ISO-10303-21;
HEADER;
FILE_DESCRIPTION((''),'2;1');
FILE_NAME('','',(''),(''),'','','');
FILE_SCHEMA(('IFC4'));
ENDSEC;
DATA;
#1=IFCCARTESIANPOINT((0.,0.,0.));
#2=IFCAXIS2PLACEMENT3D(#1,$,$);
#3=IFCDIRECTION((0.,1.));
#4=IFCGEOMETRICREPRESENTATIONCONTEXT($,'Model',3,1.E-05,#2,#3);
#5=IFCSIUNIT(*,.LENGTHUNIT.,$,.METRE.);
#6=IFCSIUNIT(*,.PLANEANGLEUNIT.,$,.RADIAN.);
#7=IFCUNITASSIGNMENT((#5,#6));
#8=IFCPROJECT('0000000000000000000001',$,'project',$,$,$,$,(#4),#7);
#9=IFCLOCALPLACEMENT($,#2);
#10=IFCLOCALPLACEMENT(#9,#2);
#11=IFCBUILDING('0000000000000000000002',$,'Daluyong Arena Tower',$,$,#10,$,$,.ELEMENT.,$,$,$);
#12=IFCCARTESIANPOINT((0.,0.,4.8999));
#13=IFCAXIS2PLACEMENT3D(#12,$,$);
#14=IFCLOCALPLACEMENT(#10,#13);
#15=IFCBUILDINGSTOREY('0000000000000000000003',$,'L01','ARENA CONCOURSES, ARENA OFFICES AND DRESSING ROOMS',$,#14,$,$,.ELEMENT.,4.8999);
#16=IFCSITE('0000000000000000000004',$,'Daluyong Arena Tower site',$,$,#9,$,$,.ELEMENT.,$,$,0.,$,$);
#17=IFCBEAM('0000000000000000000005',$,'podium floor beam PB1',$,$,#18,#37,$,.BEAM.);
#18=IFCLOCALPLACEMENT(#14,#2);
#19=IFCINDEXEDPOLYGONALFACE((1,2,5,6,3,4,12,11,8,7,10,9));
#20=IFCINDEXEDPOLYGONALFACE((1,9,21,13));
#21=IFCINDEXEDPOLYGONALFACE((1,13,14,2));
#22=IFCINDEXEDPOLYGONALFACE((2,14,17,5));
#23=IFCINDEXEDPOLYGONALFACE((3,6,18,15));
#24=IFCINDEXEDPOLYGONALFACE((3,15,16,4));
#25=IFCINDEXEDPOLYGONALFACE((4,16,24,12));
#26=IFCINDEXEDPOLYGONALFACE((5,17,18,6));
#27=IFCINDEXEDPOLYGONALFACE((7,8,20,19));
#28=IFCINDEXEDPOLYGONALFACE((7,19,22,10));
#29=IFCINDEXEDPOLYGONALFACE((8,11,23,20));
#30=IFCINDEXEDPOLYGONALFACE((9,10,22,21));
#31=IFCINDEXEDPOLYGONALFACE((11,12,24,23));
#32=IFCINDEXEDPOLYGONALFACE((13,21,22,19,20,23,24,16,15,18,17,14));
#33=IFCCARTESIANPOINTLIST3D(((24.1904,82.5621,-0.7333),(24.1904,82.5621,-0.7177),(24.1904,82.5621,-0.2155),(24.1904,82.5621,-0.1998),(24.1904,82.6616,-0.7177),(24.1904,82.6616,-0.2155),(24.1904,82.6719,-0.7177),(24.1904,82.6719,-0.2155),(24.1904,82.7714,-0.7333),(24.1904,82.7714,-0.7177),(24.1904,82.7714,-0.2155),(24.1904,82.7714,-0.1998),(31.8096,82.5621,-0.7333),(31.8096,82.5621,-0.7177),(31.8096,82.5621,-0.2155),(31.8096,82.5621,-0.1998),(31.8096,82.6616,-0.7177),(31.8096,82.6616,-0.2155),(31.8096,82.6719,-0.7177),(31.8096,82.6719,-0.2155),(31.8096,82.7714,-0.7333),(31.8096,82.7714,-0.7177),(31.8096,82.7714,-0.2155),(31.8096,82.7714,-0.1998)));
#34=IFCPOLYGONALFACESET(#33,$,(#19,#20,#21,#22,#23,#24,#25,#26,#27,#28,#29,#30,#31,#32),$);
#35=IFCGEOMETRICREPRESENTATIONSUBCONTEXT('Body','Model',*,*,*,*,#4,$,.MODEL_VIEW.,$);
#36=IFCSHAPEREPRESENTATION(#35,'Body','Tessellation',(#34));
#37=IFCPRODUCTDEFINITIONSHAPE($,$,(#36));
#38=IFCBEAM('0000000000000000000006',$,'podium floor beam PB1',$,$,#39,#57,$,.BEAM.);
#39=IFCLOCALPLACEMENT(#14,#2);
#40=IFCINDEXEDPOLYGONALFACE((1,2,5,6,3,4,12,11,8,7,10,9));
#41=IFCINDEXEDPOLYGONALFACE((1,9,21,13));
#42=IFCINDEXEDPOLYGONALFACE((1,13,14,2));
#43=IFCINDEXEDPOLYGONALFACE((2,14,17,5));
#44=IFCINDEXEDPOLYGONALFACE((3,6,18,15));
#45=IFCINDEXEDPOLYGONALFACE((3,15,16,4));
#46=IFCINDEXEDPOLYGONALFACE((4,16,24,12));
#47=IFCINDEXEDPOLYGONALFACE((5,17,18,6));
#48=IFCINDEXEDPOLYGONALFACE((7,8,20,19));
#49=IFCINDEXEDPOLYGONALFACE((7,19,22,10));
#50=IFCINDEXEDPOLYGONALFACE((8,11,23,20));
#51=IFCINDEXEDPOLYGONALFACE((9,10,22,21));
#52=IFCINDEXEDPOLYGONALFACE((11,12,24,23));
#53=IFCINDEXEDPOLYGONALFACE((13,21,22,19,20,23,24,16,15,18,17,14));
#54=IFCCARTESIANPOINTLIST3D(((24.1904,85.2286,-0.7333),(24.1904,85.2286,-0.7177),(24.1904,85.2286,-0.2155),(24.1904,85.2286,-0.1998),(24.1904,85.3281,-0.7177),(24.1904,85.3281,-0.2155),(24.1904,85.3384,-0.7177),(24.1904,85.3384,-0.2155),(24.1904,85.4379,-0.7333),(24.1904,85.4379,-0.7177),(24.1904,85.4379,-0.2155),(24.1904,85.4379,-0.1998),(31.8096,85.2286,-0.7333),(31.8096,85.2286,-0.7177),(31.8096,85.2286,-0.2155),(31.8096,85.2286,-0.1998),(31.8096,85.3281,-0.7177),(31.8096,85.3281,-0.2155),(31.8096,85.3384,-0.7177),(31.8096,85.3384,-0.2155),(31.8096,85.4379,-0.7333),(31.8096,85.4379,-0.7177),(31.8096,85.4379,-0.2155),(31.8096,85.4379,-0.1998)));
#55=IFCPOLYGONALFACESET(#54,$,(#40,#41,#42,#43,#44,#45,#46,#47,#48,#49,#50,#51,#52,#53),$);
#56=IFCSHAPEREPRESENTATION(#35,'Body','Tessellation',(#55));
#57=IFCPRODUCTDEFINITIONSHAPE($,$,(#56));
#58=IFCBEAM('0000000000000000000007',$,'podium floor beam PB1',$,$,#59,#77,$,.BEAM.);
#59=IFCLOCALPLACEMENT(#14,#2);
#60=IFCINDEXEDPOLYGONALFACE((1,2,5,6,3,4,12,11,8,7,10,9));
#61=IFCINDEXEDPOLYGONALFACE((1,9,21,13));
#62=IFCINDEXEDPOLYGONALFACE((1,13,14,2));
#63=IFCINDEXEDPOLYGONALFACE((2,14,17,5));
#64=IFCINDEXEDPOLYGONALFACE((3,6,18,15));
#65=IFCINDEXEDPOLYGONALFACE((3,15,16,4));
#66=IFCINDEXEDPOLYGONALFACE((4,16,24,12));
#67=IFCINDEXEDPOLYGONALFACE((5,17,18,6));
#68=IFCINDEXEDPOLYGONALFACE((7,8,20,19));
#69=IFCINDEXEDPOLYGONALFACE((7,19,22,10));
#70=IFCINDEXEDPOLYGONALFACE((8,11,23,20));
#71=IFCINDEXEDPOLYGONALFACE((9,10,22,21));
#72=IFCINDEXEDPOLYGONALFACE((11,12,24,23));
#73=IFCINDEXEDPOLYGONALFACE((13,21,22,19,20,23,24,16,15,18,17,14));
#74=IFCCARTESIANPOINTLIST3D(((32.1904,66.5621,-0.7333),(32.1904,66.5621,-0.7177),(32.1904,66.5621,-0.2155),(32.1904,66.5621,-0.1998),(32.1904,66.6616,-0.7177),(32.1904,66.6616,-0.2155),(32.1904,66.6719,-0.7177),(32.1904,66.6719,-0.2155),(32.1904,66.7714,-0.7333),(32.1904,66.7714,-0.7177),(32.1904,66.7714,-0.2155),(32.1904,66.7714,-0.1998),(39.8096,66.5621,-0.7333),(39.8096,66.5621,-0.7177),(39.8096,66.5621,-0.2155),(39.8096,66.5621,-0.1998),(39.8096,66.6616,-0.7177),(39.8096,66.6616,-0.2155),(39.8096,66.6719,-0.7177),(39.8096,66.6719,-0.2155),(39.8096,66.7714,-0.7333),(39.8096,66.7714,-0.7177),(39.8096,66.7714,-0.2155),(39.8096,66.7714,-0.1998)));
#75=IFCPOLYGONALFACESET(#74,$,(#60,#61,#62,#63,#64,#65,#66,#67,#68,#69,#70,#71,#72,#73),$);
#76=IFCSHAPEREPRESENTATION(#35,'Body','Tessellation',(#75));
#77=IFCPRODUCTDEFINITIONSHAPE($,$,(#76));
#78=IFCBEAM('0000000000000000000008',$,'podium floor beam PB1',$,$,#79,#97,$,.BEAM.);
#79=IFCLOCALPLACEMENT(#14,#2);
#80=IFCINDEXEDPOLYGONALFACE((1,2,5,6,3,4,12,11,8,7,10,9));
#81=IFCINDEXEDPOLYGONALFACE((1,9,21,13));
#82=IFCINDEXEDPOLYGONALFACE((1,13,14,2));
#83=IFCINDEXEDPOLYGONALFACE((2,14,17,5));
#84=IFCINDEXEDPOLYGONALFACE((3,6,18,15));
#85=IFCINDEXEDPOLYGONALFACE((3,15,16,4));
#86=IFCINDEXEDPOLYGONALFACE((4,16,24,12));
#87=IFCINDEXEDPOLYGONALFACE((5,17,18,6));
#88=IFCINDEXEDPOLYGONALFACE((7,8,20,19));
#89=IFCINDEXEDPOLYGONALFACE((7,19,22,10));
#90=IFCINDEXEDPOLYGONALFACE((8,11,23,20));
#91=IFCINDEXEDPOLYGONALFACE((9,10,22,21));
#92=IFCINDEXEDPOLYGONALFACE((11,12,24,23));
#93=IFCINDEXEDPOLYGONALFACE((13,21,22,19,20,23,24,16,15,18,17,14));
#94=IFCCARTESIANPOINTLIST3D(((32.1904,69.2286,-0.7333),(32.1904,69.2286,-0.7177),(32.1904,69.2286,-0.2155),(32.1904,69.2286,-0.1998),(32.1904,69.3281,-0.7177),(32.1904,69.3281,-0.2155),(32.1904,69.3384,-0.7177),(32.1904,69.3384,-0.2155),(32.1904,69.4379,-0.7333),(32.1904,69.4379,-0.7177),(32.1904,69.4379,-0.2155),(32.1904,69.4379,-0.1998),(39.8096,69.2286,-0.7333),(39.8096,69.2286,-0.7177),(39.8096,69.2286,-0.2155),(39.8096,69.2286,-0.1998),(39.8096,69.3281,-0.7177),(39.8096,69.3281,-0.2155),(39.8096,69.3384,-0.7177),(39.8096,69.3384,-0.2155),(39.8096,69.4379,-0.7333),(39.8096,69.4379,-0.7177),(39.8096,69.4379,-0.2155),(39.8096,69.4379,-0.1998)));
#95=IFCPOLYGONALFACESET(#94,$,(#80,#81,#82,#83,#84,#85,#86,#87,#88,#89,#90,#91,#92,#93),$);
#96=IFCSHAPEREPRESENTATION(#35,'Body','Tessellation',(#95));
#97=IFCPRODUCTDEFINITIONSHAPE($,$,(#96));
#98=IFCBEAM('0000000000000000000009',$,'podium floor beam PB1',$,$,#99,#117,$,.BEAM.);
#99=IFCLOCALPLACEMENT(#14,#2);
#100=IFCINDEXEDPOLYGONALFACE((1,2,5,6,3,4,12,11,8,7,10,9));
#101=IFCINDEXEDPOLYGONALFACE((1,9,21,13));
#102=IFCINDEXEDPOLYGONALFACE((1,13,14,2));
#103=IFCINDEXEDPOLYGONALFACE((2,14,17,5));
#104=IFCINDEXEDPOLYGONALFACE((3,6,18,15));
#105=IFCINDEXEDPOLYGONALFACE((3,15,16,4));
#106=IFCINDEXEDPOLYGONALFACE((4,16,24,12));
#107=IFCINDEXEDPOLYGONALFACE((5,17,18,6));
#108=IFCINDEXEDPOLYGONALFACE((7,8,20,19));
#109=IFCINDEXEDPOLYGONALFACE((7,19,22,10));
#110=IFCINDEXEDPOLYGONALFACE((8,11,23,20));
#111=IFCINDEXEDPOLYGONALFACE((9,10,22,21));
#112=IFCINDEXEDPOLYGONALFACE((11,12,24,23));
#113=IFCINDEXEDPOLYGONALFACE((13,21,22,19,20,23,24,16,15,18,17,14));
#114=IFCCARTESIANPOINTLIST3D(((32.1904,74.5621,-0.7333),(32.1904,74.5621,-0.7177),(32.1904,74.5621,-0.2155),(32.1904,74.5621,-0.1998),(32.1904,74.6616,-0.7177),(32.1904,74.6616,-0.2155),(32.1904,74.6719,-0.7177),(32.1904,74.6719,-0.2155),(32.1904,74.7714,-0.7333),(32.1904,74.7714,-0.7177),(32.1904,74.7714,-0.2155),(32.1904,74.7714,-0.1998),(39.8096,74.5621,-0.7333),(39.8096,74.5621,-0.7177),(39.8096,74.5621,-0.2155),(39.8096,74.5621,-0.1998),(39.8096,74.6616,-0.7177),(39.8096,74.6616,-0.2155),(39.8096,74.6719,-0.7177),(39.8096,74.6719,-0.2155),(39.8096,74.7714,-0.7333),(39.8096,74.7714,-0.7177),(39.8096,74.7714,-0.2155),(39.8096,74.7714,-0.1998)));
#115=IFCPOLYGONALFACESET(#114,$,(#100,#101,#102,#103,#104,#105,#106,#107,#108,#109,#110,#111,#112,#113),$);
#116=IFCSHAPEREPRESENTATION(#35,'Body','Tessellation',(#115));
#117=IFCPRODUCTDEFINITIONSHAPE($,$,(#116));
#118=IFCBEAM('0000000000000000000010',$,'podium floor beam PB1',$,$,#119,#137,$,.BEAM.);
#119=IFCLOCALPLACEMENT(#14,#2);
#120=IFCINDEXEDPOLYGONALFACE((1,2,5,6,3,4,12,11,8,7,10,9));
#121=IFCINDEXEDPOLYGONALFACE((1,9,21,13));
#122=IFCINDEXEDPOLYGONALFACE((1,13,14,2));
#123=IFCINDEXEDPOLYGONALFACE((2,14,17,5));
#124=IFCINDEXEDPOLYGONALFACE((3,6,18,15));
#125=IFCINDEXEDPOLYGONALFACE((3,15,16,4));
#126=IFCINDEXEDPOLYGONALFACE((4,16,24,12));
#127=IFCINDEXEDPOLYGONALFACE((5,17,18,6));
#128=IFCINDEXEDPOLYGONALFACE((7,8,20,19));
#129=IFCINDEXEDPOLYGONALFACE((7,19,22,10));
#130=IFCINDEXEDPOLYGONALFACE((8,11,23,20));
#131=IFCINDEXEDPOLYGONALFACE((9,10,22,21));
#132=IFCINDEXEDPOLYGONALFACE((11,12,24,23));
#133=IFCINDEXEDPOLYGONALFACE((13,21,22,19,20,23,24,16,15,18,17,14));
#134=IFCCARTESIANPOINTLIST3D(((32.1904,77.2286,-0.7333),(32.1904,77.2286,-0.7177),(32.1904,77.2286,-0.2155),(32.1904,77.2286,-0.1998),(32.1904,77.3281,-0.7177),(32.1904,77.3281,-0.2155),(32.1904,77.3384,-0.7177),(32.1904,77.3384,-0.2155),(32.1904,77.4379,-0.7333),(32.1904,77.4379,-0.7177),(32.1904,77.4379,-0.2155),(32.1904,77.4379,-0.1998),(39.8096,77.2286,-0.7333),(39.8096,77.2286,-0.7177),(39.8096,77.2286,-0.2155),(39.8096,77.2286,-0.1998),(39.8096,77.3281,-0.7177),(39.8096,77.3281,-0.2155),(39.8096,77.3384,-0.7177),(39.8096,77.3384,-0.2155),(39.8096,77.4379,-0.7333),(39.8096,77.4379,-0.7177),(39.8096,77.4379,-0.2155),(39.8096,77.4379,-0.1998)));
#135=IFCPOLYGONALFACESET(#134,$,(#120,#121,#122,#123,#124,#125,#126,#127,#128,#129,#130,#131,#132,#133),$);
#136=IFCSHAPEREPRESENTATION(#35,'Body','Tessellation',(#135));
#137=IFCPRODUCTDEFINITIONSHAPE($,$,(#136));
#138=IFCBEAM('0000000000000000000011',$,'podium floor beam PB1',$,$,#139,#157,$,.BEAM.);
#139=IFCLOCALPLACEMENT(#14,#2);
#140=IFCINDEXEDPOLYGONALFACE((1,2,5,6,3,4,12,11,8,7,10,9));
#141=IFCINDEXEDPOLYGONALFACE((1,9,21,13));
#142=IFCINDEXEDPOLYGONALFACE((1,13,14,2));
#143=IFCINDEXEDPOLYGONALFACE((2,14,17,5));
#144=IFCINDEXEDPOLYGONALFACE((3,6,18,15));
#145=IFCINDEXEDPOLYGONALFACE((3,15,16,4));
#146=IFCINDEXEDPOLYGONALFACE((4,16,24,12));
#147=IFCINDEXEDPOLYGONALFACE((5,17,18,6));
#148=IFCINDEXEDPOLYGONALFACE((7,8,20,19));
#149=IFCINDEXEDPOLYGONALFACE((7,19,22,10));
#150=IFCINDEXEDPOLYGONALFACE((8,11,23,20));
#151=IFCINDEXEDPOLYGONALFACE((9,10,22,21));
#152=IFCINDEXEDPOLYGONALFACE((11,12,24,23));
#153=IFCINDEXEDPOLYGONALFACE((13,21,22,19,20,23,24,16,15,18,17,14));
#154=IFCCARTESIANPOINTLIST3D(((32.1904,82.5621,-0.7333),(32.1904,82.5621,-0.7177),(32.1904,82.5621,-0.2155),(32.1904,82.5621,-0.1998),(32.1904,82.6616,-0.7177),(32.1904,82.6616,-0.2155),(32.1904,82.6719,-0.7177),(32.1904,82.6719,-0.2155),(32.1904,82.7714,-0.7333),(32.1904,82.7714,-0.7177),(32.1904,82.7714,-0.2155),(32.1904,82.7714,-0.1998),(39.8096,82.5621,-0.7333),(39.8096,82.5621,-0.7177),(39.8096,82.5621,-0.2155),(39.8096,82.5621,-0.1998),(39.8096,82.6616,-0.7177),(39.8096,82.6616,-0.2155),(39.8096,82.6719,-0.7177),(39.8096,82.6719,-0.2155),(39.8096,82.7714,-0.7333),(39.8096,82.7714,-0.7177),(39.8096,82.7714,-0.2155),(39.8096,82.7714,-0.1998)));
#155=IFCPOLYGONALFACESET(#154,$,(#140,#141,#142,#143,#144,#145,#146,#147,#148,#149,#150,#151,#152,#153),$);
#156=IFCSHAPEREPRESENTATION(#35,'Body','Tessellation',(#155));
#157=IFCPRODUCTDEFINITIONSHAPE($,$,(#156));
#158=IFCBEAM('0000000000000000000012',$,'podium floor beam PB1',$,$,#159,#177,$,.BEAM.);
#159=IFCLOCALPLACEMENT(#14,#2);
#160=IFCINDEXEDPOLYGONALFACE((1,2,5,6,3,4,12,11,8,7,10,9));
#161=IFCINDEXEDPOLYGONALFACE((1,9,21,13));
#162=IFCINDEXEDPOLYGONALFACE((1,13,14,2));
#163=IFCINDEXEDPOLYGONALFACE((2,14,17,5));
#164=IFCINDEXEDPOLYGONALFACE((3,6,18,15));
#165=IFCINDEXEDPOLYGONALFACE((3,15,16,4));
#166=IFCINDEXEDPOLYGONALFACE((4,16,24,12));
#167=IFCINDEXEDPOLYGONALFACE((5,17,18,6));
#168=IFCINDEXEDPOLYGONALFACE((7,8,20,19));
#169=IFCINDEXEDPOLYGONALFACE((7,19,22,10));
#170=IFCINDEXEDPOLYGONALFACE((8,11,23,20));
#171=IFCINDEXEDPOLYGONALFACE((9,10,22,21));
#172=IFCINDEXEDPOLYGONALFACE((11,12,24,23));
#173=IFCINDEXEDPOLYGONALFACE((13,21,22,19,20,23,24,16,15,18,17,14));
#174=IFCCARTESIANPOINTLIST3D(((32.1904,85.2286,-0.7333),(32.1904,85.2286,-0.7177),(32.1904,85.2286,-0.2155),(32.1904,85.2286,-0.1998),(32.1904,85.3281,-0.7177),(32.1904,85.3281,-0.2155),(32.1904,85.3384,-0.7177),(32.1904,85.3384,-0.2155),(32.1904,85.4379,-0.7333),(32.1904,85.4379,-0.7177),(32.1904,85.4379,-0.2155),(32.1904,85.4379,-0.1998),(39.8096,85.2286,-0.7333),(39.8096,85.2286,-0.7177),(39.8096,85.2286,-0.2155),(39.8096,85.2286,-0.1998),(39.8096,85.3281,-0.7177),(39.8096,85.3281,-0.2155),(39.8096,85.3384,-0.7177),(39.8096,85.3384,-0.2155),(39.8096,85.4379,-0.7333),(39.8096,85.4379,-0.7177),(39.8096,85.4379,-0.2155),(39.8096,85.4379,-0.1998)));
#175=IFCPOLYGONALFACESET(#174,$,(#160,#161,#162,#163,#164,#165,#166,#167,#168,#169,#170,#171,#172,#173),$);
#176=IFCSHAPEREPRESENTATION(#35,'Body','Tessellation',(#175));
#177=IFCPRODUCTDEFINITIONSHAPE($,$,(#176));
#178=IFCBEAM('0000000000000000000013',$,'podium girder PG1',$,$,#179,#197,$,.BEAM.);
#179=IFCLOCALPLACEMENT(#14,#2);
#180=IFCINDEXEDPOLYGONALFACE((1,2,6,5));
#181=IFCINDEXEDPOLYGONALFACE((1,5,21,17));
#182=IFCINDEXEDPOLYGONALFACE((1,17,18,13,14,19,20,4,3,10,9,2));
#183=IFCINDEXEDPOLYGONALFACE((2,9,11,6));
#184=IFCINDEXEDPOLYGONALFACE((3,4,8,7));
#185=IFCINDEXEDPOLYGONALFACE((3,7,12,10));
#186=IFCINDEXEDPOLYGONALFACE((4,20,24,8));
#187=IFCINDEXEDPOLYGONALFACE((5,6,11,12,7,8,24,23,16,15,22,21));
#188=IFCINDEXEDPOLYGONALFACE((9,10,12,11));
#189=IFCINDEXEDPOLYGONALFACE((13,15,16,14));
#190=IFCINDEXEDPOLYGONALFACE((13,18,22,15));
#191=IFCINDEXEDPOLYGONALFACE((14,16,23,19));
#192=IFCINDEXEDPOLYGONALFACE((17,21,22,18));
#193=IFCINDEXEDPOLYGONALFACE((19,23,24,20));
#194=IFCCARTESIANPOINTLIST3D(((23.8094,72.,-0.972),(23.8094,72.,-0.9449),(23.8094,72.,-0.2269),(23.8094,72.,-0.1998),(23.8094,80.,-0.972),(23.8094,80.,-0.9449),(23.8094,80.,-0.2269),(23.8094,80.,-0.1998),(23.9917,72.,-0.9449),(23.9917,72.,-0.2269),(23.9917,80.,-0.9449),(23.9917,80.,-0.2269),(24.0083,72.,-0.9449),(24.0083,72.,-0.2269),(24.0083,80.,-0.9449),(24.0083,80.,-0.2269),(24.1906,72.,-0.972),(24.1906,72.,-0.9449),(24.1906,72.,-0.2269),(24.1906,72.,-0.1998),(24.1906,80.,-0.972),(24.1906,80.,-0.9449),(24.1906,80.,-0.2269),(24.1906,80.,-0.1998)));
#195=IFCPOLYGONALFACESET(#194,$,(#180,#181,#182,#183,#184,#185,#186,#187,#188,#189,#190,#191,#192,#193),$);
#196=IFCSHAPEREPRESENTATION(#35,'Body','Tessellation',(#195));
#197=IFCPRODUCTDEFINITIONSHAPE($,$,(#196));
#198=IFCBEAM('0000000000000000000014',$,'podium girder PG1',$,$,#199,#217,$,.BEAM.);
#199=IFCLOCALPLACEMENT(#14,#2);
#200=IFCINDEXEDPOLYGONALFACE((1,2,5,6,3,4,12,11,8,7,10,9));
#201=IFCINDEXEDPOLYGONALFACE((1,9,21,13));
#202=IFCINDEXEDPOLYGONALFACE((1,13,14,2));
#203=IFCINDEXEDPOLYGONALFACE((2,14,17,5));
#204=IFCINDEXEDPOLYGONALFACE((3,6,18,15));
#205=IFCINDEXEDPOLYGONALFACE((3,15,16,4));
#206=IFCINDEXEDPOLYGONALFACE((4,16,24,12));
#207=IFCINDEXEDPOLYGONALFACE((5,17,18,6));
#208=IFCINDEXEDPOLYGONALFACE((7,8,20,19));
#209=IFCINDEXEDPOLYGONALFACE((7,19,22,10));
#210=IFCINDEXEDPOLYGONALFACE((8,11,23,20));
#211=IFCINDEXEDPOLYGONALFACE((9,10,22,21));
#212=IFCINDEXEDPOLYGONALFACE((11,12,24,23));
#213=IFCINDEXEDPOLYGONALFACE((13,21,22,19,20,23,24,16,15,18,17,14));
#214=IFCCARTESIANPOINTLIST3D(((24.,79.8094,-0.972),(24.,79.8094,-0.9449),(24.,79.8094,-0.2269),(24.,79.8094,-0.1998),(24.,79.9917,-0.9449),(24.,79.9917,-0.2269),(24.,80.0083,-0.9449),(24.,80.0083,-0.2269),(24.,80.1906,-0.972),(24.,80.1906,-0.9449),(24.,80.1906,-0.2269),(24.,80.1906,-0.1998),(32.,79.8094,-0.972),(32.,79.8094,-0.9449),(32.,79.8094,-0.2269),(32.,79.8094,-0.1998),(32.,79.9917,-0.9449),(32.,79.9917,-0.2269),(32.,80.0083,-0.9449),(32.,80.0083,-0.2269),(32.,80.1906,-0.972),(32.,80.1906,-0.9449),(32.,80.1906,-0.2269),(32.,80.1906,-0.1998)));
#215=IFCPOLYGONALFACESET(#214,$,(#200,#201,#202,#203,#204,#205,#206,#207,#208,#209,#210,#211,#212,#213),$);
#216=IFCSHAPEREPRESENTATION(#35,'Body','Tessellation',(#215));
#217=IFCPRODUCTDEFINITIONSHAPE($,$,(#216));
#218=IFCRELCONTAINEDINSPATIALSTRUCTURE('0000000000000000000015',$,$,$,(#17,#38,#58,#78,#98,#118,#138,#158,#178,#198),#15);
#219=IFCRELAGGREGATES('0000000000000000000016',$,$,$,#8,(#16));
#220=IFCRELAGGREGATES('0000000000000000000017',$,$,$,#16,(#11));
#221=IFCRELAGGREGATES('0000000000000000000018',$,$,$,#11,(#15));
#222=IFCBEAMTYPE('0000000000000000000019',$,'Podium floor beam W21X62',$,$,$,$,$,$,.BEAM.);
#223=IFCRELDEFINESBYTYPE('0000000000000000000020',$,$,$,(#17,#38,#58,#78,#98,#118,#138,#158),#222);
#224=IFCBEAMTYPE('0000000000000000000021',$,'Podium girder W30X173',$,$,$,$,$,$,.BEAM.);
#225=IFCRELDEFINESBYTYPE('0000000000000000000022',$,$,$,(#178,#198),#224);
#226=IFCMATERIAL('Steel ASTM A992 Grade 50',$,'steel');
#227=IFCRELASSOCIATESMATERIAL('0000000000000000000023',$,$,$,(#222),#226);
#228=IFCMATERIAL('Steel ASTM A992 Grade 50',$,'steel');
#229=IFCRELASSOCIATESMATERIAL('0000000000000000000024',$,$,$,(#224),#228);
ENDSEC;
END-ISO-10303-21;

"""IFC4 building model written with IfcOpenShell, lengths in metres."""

from ifc_helpers import new_model, si_unit, direction, frame, origin, origin_2d, place, context, subcontext, project, spatial, i_section, extrude, material, material_profile, profile_set, type_object, element, save


model = new_model("IFC4")

# Units and contexts
model_context = context("Model", 3, precision=1e-05, world=origin(), true_north=direction((0.0, 1.0)))
body_context = subcontext(model_context, "Body", "Model", "MODEL_VIEW")
ifc_project = project(units=[si_unit("LENGTHUNIT", "METRE"), si_unit("PLANEANGLEUNIT", "RADIAN")], contexts=[model_context])

# Site, building, storey
site_placement = place(None, origin())
site = spatial("IfcSite", under=ifc_project, at=site_placement, Name="Daluyong Arena Tower site", CompositionType="ELEMENT", RefElevation=0.0)
building_placement = place(site_placement, origin())
building = spatial("IfcBuilding", under=site, at=building_placement, Name="Daluyong Arena Tower", CompositionType="ELEMENT")
storey_placement = place(building_placement, frame((0.0, 0.0, 4.8999)))
storey = spatial("IfcBuildingStorey", under=building, at=storey_placement, Name="L01", Description="ARENA CONCOURSES, ARENA OFFICES AND DRESSING ROOMS", CompositionType="ELEMENT", Elevation=4.8999)

# Beams
ifc_material_1 = material(Name="Steel ASTM A992 Grade 50", Category="steel")
ifc_material_profile_1 = material_profile(ifc_material_1, i_section(OverallWidth=0.2092, OverallDepth=0.5334, WebThickness=0.0103, FlangeThickness=0.0156, at=origin_2d()))
ifc_profile_set_1 = profile_set([ifc_material_profile_1], Name="Steel ASTM A992 Grade 50")
beam_type_1 = type_object("IfcBeamType", Name="Podium floor beam W21X62", PredefinedType="BEAM", material=ifc_profile_set_1)
for number, where, z_axis, x_axis, name in (
    (1, (24.1904, 82.6667, -0.4666), (1.0, 0.0, 0.0), (0.0, 1.0, 0.0), "podium floor beam PB1"),
    (2, (24.1904, 85.3333, -0.4666), (1.0, 0.0, 0.0), (0.0, 1.0, 0.0), "podium floor beam PB1"),
    (3, (32.1904, 66.6667, -0.4666), (1.0, 0.0, 0.0), (0.0, 1.0, 0.0), "podium floor beam PB1"),
    (4, (32.1904, 69.3333, -0.4666), (1.0, 0.0, 0.0), (0.0, 1.0, 0.0), "podium floor beam PB1"),
    (5, (32.1904, 74.6667, -0.4666), (1.0, 0.0, 0.0), (0.0, 1.0, 0.0), "podium floor beam PB1"),
    (6, (32.1904, 77.3333, -0.4666), (1.0, 0.0, 0.0), (0.0, 1.0, 0.0), "podium floor beam PB1"),
    (7, (32.1904, 82.6667, -0.4666), (1.0, 0.0, 0.0), (0.0, 1.0, 0.0), "podium floor beam PB1"),
    (8, (32.1904, 85.3333, -0.4666), (1.0, 0.0, 0.0), (0.0, 1.0, 0.0), "podium floor beam PB1"),
):
    element("IfcBeam", number, at=place(storey_placement, frame(where, z_axis=z_axis, x_axis=x_axis)), inside=storey, type_object=beam_type_1, Name=name, PredefinedType="BEAM", context=body_context, shape_type="SweptSolid", body=[
        extrude(i_section(OverallWidth=0.2092, OverallDepth=0.5334, WebThickness=0.0103, FlangeThickness=0.0156, at=origin_2d()), origin(), (0.0, 0.0, 1.0), 7.6191),
    ])
ifc_material_2 = material(Name="Steel ASTM A992 Grade 50", Category="steel")
ifc_material_profile_2 = material_profile(ifc_material_2, i_section(OverallWidth=0.3811, OverallDepth=0.7722, WebThickness=0.0166, FlangeThickness=0.0271, at=origin_2d()))
ifc_profile_set_2 = profile_set([ifc_material_profile_2], Name="Steel ASTM A992 Grade 50")
beam_type_2 = type_object("IfcBeamType", Name="Podium girder W30X173", PredefinedType="BEAM", material=ifc_profile_set_2)
for number, where, z_axis, x_axis, name in (
    (9, (24.0, 72.0, -0.5859), (0.0, 1.0, 0.0), (-1.0, 0.0, 0.0), "podium girder PG1"),
    (10, (24.0, 80.0, -0.5859), (1.0, 0.0, 0.0), (0.0, 1.0, 0.0), "podium girder PG1"),
):
    element("IfcBeam", number, at=place(storey_placement, frame(where, z_axis=z_axis, x_axis=x_axis)), inside=storey, type_object=beam_type_2, Name=name, PredefinedType="BEAM", context=body_context, shape_type="SweptSolid", body=[
        extrude(i_section(OverallWidth=0.3811, OverallDepth=0.7722, WebThickness=0.0166, FlangeThickness=0.0271, at=origin_2d()), origin(), (0.0, 0.0, 1.0), 8.0),
    ])

save(model, "model.ifc")
